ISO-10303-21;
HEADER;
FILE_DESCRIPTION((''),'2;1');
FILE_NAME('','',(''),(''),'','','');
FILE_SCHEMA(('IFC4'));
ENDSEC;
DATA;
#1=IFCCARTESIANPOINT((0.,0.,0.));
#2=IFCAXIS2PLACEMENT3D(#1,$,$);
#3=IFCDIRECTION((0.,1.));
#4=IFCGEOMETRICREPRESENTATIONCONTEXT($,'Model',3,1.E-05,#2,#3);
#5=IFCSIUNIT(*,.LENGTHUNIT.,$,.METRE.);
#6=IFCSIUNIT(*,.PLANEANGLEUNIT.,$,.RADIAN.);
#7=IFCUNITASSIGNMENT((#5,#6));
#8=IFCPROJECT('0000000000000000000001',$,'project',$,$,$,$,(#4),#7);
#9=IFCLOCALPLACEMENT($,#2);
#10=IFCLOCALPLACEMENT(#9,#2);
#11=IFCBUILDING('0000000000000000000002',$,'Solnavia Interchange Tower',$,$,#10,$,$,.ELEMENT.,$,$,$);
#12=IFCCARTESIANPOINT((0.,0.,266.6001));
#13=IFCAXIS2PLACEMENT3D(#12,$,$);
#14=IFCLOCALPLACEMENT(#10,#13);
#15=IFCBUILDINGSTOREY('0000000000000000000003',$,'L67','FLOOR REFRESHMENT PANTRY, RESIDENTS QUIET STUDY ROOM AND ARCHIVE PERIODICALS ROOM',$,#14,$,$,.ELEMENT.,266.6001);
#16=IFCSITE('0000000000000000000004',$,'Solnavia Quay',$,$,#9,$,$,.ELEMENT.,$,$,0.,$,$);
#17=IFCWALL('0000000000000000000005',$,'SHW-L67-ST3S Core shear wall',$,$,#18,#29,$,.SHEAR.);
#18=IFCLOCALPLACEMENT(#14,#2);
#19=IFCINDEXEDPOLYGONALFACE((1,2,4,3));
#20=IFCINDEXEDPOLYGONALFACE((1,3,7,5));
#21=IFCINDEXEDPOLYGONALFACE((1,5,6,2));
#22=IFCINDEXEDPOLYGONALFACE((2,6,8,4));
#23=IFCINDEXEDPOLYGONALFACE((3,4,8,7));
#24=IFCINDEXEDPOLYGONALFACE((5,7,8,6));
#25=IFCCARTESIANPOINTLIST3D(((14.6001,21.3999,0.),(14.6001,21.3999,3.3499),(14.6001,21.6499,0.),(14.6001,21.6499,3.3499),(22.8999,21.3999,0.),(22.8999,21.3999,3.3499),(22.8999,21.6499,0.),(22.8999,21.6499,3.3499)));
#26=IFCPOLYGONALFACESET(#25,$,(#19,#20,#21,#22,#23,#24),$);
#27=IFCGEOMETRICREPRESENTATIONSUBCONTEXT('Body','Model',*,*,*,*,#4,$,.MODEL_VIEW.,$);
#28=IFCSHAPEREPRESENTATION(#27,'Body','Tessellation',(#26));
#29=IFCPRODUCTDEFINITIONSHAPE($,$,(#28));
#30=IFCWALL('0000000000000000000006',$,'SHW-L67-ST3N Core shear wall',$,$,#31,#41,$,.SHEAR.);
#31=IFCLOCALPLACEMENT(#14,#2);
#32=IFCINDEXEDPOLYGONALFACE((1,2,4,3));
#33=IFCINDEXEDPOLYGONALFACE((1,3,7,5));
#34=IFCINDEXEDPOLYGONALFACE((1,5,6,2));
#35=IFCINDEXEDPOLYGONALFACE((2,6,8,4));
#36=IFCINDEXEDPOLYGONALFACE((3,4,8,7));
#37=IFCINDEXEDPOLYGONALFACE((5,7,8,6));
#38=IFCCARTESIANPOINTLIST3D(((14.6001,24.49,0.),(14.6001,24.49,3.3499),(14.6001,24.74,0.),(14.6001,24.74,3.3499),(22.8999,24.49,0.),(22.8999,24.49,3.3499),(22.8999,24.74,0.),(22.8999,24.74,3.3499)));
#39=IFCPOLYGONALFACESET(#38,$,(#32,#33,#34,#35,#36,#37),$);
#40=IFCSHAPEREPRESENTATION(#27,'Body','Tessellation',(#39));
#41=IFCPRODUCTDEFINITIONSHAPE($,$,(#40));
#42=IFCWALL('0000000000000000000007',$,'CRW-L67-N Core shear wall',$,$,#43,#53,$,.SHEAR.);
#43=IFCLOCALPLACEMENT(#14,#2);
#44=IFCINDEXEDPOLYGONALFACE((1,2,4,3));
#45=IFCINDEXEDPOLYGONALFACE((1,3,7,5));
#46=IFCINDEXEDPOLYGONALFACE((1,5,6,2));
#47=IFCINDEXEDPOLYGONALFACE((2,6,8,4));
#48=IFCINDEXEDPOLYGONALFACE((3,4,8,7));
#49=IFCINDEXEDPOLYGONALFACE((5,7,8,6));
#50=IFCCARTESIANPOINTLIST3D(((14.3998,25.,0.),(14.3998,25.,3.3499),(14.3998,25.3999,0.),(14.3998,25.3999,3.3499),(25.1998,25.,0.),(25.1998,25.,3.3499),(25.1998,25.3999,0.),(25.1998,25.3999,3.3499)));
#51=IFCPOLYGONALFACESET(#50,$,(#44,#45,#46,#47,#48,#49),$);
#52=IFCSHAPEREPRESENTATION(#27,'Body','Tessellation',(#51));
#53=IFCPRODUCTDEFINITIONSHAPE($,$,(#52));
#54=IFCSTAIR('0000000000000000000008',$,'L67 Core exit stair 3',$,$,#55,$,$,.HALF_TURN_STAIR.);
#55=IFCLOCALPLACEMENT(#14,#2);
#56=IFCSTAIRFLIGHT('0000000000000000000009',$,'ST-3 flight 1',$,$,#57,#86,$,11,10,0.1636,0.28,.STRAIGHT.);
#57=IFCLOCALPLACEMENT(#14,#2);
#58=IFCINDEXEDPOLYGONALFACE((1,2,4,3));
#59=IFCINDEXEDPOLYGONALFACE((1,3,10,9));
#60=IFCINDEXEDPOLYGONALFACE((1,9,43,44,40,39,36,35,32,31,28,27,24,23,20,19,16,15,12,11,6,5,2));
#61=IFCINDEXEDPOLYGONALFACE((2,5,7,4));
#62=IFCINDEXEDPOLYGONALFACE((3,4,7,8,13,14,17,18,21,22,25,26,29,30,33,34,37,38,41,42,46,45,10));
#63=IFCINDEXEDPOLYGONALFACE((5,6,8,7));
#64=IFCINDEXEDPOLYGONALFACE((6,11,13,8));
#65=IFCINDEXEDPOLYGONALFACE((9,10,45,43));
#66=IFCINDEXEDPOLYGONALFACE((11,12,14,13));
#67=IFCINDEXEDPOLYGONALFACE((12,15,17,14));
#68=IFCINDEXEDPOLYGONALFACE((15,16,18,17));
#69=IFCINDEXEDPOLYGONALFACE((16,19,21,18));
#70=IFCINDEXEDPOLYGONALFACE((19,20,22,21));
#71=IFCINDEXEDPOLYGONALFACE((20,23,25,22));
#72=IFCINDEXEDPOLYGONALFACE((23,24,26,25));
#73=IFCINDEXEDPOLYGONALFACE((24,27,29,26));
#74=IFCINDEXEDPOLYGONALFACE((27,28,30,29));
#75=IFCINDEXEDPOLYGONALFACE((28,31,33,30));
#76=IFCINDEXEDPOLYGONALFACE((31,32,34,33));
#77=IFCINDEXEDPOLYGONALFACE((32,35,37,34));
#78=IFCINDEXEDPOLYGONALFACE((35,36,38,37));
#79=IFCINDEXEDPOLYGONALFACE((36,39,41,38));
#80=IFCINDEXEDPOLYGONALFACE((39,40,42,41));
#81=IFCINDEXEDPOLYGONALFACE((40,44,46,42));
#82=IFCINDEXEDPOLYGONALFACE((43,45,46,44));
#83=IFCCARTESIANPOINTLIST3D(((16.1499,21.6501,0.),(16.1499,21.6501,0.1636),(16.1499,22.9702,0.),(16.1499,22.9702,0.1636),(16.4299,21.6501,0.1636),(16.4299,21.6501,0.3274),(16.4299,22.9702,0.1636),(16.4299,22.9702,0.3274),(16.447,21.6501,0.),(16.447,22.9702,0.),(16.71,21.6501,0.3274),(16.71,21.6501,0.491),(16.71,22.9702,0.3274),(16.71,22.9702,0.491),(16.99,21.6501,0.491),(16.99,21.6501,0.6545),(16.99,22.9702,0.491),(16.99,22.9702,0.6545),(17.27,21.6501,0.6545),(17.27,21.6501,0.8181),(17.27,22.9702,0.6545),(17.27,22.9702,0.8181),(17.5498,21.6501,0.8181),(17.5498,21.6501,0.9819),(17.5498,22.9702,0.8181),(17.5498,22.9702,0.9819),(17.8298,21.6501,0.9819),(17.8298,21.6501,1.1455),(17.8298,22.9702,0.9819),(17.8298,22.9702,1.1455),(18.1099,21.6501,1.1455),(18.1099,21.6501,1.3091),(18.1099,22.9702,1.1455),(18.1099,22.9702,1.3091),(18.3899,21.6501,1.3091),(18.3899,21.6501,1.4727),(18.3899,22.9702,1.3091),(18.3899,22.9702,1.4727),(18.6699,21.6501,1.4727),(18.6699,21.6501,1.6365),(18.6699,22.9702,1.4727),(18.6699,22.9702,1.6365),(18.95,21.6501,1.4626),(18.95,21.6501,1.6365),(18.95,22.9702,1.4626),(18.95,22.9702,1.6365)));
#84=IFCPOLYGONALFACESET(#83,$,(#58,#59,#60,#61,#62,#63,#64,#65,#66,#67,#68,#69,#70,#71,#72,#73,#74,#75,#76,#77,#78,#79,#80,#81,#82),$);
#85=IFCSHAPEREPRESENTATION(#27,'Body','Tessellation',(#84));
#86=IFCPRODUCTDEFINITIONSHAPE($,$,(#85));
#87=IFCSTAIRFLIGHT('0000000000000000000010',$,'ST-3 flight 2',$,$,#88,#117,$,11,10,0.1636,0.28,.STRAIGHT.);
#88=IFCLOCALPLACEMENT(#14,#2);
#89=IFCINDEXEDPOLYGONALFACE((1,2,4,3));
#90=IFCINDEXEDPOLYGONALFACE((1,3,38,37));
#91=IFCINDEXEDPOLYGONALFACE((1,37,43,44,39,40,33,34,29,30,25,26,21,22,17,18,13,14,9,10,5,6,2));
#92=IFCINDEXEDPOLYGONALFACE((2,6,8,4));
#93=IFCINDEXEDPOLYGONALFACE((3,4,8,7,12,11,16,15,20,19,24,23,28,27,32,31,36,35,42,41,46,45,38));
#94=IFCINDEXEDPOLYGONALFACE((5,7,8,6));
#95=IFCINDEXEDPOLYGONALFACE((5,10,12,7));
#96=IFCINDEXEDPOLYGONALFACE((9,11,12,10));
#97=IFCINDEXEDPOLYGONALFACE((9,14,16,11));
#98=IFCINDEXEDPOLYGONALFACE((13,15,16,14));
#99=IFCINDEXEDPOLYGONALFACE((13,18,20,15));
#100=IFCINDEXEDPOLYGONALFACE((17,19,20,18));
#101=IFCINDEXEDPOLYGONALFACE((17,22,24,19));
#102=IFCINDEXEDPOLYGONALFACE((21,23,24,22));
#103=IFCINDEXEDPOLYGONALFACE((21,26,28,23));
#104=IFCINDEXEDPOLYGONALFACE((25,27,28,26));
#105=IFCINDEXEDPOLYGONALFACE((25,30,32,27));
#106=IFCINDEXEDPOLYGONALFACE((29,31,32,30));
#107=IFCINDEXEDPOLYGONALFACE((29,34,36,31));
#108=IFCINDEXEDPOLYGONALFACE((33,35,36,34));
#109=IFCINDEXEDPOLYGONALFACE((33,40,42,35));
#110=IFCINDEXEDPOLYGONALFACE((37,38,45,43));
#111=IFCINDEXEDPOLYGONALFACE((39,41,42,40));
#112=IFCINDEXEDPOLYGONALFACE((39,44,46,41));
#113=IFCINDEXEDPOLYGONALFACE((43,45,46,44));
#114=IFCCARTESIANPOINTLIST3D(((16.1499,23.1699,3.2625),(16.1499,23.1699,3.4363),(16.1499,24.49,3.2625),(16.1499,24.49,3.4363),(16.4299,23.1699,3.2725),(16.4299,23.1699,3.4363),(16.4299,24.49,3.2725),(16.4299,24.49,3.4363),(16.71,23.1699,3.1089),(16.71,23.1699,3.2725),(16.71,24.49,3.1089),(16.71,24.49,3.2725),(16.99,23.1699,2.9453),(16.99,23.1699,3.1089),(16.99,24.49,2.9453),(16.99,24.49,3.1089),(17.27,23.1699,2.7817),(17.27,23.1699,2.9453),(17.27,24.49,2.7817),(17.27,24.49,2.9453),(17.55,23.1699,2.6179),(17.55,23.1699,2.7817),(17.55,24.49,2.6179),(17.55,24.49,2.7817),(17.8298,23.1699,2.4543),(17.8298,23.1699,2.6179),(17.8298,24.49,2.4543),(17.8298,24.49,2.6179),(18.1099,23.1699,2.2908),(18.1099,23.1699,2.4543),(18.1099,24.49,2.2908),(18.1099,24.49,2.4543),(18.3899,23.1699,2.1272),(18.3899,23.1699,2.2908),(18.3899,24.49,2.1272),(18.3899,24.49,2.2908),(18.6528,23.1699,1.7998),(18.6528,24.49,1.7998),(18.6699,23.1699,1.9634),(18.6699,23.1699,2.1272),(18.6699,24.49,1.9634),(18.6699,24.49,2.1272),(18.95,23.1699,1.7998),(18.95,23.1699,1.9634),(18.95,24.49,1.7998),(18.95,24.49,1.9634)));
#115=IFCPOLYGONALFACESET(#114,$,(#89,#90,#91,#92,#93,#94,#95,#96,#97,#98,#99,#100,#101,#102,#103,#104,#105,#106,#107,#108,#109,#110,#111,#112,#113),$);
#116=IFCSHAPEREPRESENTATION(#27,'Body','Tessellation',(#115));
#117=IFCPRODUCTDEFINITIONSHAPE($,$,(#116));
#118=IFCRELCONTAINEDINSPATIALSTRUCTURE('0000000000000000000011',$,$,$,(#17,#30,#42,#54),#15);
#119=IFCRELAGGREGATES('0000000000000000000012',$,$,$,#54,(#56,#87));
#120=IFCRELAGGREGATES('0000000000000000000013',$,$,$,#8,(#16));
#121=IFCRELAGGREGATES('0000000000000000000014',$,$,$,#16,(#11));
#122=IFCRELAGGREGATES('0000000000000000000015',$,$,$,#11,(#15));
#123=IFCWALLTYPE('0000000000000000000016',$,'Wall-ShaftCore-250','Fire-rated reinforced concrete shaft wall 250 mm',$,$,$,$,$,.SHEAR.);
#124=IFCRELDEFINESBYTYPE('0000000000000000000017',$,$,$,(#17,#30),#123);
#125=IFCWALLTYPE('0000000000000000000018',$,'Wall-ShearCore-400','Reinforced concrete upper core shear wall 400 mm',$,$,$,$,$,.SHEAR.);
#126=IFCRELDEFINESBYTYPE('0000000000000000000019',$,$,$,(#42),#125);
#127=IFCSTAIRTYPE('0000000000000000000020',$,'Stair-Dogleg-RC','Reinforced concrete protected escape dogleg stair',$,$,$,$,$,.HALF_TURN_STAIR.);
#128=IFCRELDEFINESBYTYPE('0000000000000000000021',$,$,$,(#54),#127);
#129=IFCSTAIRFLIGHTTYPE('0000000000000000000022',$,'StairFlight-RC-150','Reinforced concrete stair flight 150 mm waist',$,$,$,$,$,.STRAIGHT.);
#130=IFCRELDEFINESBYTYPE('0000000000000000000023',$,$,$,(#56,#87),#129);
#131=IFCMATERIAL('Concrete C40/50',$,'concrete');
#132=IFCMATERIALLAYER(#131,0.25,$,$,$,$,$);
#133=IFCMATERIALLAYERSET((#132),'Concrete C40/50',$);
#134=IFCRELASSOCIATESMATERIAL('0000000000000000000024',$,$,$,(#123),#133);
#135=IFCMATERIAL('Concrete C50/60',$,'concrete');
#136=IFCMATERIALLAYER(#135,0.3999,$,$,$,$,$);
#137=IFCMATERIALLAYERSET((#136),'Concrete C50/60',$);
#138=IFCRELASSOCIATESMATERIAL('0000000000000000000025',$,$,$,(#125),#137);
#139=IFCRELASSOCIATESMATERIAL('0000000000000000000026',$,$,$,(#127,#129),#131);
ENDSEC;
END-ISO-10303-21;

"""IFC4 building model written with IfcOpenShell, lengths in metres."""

from ifc_helpers import new_model, si_unit, direction, frame, frame_2d, origin, place, context, subcontext, project, spatial, polyline, rectangle, outline, extrude, material, layer, layer_set, type_object, element, aggregate, save


model = new_model("IFC4")

# Units and contexts
model_context = context("Model", 3, precision=1e-05, world=origin(), true_north=direction((0.0, 1.0)))
body_context = subcontext(model_context, "Body", "Model", "MODEL_VIEW")
ifc_project = project(units=[si_unit("LENGTHUNIT", "METRE"), si_unit("PLANEANGLEUNIT", "RADIAN")], contexts=[model_context])

# Site, building, storey
site_placement = place(None, origin())
site = spatial("IfcSite", under=ifc_project, at=site_placement, Name="Solnavia Quay", CompositionType="ELEMENT", RefElevation=0.0)
building_placement = place(site_placement, origin())
building = spatial("IfcBuilding", under=site, at=building_placement, Name="Solnavia Interchange Tower", CompositionType="ELEMENT")
storey_placement = place(building_placement, frame((0.0, 0.0, 266.6001)))
storey = spatial("IfcBuildingStorey", under=building, at=storey_placement, Name="L67", Description="FLOOR REFRESHMENT PANTRY, RESIDENTS QUIET STUDY ROOM AND ARCHIVE PERIODICALS ROOM", CompositionType="ELEMENT", Elevation=266.6001)

# Shared definitions
ifc_material_1 = material(Name="Concrete C50/60", Category="concrete")

# Shared definitions
ifc_material_2 = material(Name="Concrete C40/50", Category="concrete")

# Walls
ifc_layer_1 = layer(ifc_material_2, 0.25)
ifc_layer_set_1 = layer_set([ifc_layer_1], Name="Concrete C40/50")
wall_type_1 = type_object("IfcWallType", Name="Wall-ShaftCore-250", Description="Fire-rated reinforced concrete shaft wall 250 mm", PredefinedType="SHEAR", material=ifc_layer_set_1)
for number, where, z_axis, x_axis, name in (
    (1, (14.6001, 21.5249, 0.0), (0.0, 0.0, 1.0), (1.0, 0.0, 0.0), "SHW-L67-ST3S Core shear wall"),
    (2, (14.6001, 24.615, 0.0), (0.0, 0.0, 1.0), (1.0, 0.0, 0.0), "SHW-L67-ST3N Core shear wall"),
):
    element("IfcWall", number, at=place(storey_placement, frame(where, z_axis=z_axis, x_axis=x_axis)), inside=storey, type_object=wall_type_1, Name=name, PredefinedType="SHEAR", context=body_context, shape_type="SweptSolid", body=[
        extrude(rectangle(XDim=8.2998, YDim=0.25, at=frame_2d((4.1499, 0.0))), origin(), (0.0, 0.0, 1.0), 3.3499),
    ])
ifc_layer_2 = layer(ifc_material_1, 0.3999)
ifc_layer_set_2 = layer_set([ifc_layer_2], Name="Concrete C50/60")
wall_type_2 = type_object("IfcWallType", Name="Wall-ShearCore-400", Description="Reinforced concrete upper core shear wall 400 mm", PredefinedType="SHEAR", material=ifc_layer_set_2)
wall_1_placement = place(storey_placement, frame((14.3999, 25.2, 0.0), z_axis=(0.0, 0.0, 1.0), x_axis=(1.0, 0.0, 0.0)))
element("IfcWall", 3, at=wall_1_placement, inside=storey, type_object=wall_type_2, Name="CRW-L67-N Core shear wall", PredefinedType="SHEAR", context=body_context, shape_type="SweptSolid", body=[
    extrude(rectangle(XDim=10.8, YDim=0.3999, at=frame_2d((5.3999, 0.0))), origin(), (0.0, 0.0, 1.0), 3.3499),
])

# Stair, stair flights
stair_type = type_object("IfcStairType", Name="Stair-Dogleg-RC", Description="Reinforced concrete protected escape dogleg stair", PredefinedType="HALF_TURN_STAIR", material=ifc_material_2)
stair_placement = place(storey_placement, origin())
stair = element("IfcStair", 4, at=stair_placement, inside=storey, type_object=stair_type, Name="L67 Core exit stair 3", PredefinedType="HALF_TURN_STAIR")
stair_flight_type = type_object("IfcStairFlightType", Name="StairFlight-RC-150", Description="Reinforced concrete stair flight 150 mm waist", PredefinedType="STRAIGHT", material=ifc_material_2)
stair_flight_1_placement = place(storey_placement, frame((16.1499, 22.3101, 0.0), z_axis=(0.0, 0.0, 1.0), x_axis=(1.0, 0.0, 0.0)))
stair_flight_1 = element("IfcStairFlight", 5, at=stair_flight_1_placement, type_object=stair_flight_type, Name="ST-3 flight 1", NumberOfRisers=11, NumberOfTreads=10, PredefinedType="STRAIGHT", RiserHeight=0.1636, TreadLength=0.28, context=body_context, shape_type="SweptSolid", body=[
    extrude(outline(polyline([(0.0, 0.0), (0.0, 0.1636), (0.28, 0.1636), (0.28, 0.3274), (0.5601, 0.3274), (0.5601, 0.491), (0.8401, 0.491), (0.8401, 0.6545), (1.1201, 0.6545), (1.1201, 0.8181), (1.3999, 0.8181), (1.3999, 0.9819), (1.6799, 0.9819), (1.6799, 1.1455), (1.96, 1.1455), (1.96, 1.3091), (2.24, 1.3091), (2.24, 1.4727), (2.52, 1.4727), (2.52, 1.6365), (2.8, 1.6365), (2.8, 1.8), (2.8, 1.4626), (0.2971, 0.0), (0.0, 0.0)])), frame((0.0, 0.6602, 0.0), z_axis=(0.0, -1.0, 0.0), x_axis=(1.0, 0.0, 0.0)), (0.0, 0.0, 1.0), 1.3201),
])
stair_flight_2_placement = place(storey_placement, frame((18.95, 23.8301, 1.7998), z_axis=(0.0, 0.0, 1.0), x_axis=(-1.0, 0.0, 0.0)))
stair_flight_2 = element("IfcStairFlight", 6, at=stair_flight_2_placement, type_object=stair_flight_type, Name="ST-3 flight 2", NumberOfRisers=11, NumberOfTreads=10, PredefinedType="STRAIGHT", RiserHeight=0.1636, TreadLength=0.28, context=body_context, shape_type="SweptSolid", body=[
    extrude(outline(polyline([(0.0, 0.0), (0.0, 0.1636), (0.28, 0.1636), (0.28, 0.3274), (0.5601, 0.3274), (0.5601, 0.491), (0.8401, 0.491), (0.8401, 0.6545), (1.1201, 0.6545), (1.1201, 0.8181), (1.3999, 0.8181), (1.3999, 0.9819), (1.6799, 0.9819), (1.6799, 1.1455), (1.96, 1.1455), (1.96, 1.3091), (2.24, 1.3091), (2.24, 1.4727), (2.52, 1.4727), (2.52, 1.6365), (2.8, 1.6365), (2.8, 1.8), (2.8, 1.4626), (0.2971, 0.0), (0.0, 0.0)])), frame((0.0, 0.6602, 0.0), z_axis=(0.0, -1.0, 0.0), x_axis=(1.0, 0.0, 0.0)), (0.0, 0.0, 1.0), 1.3201),
])
aggregate(stair, [stair_flight_1, stair_flight_2])

save(model, "model.ifc")
